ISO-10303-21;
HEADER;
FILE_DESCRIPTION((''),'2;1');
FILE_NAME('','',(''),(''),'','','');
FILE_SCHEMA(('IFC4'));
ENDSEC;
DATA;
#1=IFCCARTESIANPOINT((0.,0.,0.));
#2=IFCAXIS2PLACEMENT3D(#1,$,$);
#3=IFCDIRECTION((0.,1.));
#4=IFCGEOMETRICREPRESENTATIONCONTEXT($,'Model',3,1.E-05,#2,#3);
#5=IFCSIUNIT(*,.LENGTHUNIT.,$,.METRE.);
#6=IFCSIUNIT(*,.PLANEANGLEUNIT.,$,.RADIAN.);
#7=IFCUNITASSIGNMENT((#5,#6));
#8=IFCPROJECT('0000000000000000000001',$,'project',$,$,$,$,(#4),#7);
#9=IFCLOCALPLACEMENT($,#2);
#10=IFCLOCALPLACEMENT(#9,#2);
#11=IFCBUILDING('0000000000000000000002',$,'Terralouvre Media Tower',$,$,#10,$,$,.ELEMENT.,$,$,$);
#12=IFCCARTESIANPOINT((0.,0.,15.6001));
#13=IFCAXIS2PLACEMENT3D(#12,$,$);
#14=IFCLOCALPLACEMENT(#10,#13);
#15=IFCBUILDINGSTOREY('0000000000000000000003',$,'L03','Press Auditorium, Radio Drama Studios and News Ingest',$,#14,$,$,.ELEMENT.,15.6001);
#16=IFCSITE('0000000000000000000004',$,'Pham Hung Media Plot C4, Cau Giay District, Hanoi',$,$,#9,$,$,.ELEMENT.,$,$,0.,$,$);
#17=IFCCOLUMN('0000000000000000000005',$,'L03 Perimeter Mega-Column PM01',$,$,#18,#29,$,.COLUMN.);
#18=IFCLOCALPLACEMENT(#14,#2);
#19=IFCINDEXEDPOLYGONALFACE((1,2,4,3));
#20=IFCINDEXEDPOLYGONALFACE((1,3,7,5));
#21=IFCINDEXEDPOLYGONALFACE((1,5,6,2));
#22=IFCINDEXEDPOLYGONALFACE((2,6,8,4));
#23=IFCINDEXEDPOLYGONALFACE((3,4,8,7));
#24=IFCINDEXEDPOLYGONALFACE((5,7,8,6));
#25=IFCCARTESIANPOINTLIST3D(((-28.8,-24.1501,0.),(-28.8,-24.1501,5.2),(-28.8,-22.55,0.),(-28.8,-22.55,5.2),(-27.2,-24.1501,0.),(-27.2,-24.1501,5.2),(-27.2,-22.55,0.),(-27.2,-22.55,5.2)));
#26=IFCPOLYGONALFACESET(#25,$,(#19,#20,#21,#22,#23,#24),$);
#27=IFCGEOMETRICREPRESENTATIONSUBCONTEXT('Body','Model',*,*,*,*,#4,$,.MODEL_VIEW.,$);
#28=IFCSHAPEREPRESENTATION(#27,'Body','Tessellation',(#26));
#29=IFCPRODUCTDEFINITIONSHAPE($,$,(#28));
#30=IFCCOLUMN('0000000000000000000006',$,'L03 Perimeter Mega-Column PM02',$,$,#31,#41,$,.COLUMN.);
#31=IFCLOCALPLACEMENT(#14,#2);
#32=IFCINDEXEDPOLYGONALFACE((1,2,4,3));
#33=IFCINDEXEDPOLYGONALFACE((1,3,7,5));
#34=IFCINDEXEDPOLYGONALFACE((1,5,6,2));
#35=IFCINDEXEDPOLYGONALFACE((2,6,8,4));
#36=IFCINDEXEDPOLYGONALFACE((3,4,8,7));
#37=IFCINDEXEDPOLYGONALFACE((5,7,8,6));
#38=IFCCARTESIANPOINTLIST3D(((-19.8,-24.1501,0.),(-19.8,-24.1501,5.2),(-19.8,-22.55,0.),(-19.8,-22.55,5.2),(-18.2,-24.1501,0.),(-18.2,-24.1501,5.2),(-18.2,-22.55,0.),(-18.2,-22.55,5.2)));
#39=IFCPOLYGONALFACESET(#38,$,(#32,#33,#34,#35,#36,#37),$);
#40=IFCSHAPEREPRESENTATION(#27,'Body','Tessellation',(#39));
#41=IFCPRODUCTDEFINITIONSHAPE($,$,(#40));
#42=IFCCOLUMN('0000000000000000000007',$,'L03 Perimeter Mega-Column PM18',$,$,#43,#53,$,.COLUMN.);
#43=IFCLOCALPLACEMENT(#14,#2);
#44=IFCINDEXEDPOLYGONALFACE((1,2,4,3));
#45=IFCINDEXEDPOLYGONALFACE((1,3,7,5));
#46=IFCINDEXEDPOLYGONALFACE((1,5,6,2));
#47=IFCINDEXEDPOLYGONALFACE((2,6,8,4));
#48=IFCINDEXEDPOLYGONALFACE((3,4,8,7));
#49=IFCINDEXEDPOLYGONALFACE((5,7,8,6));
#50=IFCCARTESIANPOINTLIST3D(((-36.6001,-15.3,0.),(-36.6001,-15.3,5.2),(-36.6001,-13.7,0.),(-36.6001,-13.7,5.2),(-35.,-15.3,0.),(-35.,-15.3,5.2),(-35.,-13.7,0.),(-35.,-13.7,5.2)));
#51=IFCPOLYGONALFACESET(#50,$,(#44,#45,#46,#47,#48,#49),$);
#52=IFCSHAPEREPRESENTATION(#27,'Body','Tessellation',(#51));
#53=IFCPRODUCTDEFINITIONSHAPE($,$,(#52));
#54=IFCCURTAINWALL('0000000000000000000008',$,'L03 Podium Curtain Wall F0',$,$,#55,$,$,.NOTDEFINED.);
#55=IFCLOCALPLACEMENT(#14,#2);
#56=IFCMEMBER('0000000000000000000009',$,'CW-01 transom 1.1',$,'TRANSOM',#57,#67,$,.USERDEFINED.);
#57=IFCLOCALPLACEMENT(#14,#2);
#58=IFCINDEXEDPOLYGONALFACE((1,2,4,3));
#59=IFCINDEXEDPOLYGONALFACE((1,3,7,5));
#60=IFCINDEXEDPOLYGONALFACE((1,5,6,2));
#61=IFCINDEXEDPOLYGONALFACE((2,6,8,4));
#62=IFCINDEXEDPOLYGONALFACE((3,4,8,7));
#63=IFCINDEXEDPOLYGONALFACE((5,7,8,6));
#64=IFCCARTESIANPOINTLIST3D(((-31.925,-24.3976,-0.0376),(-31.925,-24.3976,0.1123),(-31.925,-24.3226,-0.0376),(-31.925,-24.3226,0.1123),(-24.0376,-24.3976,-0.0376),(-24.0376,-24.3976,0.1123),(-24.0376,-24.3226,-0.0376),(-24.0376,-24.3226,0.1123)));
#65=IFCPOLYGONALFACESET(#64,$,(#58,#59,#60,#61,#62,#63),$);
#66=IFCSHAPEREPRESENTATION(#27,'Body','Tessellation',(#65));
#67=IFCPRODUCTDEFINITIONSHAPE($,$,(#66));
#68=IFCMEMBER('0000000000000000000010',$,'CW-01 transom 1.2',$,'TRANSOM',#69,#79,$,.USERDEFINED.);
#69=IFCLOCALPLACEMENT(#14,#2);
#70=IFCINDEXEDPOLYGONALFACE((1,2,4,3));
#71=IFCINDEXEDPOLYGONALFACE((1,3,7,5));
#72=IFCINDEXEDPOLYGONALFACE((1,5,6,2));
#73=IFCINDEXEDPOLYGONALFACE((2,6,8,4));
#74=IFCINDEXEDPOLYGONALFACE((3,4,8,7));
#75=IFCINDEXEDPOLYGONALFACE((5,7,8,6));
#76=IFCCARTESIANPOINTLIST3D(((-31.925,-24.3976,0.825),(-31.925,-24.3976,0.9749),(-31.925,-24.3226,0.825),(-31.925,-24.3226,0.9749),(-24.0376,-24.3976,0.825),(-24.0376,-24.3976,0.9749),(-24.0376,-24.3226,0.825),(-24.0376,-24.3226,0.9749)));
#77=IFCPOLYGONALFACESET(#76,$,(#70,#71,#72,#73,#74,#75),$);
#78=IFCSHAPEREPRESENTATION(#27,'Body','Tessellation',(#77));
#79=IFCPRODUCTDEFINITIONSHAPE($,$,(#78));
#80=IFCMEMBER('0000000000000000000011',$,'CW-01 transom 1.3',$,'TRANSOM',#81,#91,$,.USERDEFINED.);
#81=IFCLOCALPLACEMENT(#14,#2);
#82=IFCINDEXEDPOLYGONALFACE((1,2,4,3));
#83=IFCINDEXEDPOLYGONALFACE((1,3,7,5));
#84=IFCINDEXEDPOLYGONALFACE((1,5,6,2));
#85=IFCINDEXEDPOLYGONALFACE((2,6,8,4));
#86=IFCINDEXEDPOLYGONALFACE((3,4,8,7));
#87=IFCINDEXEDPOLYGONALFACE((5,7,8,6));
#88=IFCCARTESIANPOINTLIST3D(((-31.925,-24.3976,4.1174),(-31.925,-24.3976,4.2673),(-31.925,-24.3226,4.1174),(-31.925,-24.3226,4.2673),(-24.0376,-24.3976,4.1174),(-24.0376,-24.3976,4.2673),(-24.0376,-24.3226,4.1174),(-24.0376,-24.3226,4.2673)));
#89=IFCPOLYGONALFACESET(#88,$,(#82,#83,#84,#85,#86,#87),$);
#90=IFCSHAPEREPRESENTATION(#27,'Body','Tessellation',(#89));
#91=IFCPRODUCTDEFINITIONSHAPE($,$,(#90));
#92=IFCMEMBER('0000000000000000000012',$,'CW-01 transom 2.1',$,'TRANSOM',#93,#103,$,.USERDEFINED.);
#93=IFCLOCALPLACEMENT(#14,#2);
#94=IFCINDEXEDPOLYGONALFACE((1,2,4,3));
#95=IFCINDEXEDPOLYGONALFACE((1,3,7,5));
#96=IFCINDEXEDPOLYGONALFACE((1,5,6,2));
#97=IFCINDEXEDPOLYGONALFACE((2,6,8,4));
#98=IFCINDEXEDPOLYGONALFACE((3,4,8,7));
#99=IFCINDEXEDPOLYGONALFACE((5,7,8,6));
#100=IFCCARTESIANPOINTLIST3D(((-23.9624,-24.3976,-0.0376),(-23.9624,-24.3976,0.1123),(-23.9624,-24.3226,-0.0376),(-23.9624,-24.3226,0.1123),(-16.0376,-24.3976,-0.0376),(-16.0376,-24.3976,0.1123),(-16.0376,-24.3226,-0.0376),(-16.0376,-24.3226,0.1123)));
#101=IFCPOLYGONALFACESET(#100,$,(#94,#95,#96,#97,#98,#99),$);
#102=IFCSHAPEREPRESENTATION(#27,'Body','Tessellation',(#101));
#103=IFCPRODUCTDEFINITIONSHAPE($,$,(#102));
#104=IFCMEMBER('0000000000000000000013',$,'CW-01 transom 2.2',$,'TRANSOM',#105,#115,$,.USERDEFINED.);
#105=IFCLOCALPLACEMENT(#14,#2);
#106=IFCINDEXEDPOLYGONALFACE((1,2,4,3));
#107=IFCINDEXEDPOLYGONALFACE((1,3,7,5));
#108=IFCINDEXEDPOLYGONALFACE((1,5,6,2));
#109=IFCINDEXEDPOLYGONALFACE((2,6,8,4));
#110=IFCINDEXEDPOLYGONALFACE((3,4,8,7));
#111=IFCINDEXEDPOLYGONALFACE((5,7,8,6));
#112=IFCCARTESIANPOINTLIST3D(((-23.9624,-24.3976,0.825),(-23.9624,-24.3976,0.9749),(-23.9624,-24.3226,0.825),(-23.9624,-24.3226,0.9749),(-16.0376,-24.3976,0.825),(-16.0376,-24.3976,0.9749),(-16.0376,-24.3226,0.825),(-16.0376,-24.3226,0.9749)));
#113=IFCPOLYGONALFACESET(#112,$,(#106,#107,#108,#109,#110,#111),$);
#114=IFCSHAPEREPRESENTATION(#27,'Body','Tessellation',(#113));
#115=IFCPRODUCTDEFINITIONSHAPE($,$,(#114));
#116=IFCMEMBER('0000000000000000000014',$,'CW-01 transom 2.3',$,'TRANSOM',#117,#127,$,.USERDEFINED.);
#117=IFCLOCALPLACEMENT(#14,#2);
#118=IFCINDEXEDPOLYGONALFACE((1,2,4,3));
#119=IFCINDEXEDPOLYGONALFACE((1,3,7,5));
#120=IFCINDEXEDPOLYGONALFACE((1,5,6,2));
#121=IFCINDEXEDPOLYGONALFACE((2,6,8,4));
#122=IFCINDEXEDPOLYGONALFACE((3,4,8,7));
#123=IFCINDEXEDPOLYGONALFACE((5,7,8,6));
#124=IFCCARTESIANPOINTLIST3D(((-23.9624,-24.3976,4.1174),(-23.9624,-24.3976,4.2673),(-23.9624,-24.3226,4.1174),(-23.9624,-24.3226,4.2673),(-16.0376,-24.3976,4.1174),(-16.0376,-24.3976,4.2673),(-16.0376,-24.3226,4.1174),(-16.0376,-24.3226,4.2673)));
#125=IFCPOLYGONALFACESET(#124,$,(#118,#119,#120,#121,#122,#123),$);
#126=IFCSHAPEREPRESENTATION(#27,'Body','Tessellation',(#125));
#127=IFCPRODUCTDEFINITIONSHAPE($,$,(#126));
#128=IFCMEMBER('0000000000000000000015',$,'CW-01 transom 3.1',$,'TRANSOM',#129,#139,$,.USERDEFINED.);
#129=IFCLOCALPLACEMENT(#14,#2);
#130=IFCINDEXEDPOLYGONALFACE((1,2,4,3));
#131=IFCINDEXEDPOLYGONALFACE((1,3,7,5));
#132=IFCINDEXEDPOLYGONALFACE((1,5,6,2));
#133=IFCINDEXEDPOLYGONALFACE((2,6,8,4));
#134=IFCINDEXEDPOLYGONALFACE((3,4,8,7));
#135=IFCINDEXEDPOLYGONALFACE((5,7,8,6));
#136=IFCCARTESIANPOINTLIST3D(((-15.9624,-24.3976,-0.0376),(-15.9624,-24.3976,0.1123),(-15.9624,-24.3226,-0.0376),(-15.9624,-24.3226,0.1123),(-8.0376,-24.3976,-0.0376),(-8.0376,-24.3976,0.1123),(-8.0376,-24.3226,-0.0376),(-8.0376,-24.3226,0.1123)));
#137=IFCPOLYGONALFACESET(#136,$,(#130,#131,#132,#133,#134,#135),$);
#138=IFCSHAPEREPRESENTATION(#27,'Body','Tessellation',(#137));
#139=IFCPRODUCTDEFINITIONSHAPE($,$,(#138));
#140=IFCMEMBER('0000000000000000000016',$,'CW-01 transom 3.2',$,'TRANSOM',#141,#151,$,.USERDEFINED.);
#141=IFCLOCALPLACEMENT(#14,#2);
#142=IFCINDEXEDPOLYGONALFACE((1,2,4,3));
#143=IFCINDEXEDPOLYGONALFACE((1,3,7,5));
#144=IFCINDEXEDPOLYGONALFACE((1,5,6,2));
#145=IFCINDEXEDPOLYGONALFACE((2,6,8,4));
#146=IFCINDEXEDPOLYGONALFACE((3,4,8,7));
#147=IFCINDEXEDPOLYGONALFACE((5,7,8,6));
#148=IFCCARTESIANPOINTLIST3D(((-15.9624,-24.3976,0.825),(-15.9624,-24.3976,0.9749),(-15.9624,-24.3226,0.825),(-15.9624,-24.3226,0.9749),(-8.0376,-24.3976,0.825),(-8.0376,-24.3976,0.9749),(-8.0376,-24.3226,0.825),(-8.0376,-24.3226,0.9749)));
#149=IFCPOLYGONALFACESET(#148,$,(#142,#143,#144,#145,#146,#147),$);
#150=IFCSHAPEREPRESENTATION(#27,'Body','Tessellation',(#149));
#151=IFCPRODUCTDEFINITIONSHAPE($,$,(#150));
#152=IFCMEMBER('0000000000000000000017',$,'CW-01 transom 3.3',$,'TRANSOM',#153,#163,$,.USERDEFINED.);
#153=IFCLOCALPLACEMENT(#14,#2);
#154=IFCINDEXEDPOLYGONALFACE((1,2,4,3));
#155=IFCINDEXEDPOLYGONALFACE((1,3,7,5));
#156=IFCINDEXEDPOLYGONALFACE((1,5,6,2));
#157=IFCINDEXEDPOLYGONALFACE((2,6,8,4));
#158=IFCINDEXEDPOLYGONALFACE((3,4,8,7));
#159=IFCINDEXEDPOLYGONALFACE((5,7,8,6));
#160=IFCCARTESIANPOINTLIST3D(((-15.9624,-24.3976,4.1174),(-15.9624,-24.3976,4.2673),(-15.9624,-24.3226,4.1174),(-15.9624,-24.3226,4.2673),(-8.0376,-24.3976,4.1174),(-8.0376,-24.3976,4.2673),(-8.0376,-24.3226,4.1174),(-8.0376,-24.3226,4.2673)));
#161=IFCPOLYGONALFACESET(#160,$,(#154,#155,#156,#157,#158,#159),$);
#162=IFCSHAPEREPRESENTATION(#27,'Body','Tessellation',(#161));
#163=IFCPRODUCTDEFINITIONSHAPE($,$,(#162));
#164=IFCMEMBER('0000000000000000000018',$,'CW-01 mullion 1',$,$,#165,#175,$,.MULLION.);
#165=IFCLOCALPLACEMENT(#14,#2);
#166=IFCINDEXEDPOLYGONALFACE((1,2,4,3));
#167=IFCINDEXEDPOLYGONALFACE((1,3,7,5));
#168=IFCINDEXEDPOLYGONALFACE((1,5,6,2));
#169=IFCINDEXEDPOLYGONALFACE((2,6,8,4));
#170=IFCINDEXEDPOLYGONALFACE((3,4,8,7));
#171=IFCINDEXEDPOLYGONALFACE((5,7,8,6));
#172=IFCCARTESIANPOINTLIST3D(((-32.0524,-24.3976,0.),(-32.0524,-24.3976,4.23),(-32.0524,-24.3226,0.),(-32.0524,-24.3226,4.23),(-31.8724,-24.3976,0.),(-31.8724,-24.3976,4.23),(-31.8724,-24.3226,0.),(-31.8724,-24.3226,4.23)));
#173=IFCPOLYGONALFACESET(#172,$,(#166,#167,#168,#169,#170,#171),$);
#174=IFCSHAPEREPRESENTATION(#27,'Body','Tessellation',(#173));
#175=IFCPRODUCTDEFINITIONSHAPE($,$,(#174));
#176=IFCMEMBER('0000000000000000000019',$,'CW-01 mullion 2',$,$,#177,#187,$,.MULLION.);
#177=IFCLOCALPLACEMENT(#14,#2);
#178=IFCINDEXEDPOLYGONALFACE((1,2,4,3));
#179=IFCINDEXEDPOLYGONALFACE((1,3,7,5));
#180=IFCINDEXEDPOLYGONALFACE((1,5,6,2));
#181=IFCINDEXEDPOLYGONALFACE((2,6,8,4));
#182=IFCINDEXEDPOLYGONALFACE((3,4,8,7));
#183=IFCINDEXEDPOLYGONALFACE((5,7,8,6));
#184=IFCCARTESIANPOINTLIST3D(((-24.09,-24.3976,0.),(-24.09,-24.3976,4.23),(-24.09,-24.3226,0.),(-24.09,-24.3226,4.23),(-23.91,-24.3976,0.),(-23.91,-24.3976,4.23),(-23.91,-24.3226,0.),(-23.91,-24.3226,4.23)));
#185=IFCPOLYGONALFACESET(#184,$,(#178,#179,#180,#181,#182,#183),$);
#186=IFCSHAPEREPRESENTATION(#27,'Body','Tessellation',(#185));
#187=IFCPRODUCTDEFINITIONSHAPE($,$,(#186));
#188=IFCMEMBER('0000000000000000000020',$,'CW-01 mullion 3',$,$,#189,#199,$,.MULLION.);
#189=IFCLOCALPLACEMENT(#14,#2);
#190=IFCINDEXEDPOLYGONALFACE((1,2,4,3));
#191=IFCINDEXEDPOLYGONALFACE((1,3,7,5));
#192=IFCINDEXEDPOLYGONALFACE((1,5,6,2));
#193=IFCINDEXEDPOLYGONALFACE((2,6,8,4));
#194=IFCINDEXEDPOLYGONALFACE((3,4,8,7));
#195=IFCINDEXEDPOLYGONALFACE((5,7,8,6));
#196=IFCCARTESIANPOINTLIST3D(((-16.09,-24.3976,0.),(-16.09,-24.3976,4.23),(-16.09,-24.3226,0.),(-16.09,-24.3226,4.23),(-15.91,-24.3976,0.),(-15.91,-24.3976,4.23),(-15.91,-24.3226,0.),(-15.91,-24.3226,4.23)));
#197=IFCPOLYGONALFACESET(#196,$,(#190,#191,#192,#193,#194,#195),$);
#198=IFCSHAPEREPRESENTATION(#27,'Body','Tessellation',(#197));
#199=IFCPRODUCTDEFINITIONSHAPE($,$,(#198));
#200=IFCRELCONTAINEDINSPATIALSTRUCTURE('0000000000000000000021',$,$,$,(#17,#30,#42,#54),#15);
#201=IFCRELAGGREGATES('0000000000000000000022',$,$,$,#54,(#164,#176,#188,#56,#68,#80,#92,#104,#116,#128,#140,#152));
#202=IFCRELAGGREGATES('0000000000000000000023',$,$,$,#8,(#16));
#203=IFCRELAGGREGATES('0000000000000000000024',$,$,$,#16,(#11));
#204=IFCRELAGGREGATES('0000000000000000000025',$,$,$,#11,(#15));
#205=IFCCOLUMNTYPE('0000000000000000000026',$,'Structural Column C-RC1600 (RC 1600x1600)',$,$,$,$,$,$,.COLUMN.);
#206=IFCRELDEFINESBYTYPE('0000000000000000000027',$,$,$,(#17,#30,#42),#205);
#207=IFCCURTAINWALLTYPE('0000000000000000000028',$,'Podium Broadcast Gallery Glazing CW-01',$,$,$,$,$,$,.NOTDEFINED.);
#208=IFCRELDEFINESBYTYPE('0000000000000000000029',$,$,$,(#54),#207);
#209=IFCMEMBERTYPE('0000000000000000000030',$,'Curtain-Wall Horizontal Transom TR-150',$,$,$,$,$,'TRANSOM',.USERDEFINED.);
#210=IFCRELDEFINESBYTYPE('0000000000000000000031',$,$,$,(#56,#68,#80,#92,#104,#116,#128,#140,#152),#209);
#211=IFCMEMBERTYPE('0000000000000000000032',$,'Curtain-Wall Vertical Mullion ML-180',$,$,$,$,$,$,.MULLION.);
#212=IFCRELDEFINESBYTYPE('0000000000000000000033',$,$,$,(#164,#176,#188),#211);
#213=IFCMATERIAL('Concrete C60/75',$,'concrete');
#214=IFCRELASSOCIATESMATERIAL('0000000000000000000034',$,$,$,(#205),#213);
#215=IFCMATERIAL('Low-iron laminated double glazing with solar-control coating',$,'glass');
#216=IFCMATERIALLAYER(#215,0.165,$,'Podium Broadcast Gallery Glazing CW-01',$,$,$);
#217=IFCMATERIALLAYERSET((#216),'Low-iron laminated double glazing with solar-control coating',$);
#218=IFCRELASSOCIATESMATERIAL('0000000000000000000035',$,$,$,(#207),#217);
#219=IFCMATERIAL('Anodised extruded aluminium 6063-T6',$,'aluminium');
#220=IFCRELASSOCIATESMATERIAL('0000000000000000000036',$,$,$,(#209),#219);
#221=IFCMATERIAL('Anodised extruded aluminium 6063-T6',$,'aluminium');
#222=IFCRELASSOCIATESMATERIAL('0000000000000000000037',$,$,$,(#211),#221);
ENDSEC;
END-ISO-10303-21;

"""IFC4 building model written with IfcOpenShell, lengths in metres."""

from ifc_helpers import new_model, si_unit, direction, frame, origin, origin_2d, place, context, subcontext, project, spatial, rectangle, extrude, material, layer, layer_set, material_profile, profile_set, type_object, element, aggregate, save


model = new_model("IFC4")

# Units and contexts
model_context = context("Model", 3, precision=1e-05, world=origin(), true_north=direction((0.0, 1.0)))
body_context = subcontext(model_context, "Body", "Model", "MODEL_VIEW")
ifc_project = project(units=[si_unit("LENGTHUNIT", "METRE"), si_unit("PLANEANGLEUNIT", "RADIAN")], contexts=[model_context])

# Site, building, storey
site_placement = place(None, origin())
site = spatial("IfcSite", under=ifc_project, at=site_placement, Name="Pham Hung Media Plot C4, Cau Giay District, Hanoi", CompositionType="ELEMENT", RefElevation=0.0)
building_placement = place(site_placement, origin())
building = spatial("IfcBuilding", under=site, at=building_placement, Name="Terralouvre Media Tower", CompositionType="ELEMENT")
storey_placement = place(building_placement, frame((0.0, 0.0, 15.6001)))
storey = spatial("IfcBuildingStorey", under=building, at=storey_placement, Name="L03", Description="Press Auditorium, Radio Drama Studios and News Ingest", CompositionType="ELEMENT", Elevation=15.6001)

# Columns
ifc_material_1 = material(Name="Concrete C60/75", Category="concrete")
ifc_material_profile_1 = material_profile(ifc_material_1, rectangle(XDim=1.6001, YDim=1.6001, at=origin_2d()), Name="RC 1600x1600")
ifc_profile_set_1 = profile_set([ifc_material_profile_1], Name="Concrete C60/75")
column_type = type_object("IfcColumnType", Name="Structural Column C-RC1600 (RC 1600x1600)", PredefinedType="COLUMN", material=ifc_profile_set_1)
for number, where, z_axis, x_axis, name in (
    (1, (-28.0, -23.3501, 0.0), (0.0, 0.0, 1.0), (1.0, 0.0, 0.0), "L03 Perimeter Mega-Column PM01"),
    (2, (-19.0, -23.3501, 0.0), (0.0, 0.0, 1.0), (1.0, 0.0, 0.0), "L03 Perimeter Mega-Column PM02"),
    (3, (-35.8, -14.5, 0.0), (0.0, 0.0, 1.0), (1.0, 0.0, 0.0), "L03 Perimeter Mega-Column PM18"),
):
    element("IfcColumn", number, at=place(storey_placement, frame(where, z_axis=z_axis, x_axis=x_axis)), inside=storey, type_object=column_type, Name=name, PredefinedType="COLUMN", context=body_context, shape_type="SweptSolid", body=[
        extrude(rectangle(XDim=1.6001, YDim=1.6001, at=origin_2d()), origin(), (0.0, 0.0, 1.0), 5.2),
    ])

# Curtain wall, members
ifc_material_2 = material(Name="Low-iron laminated double glazing with solar-control coating", Category="glass")
ifc_layer_1 = layer(ifc_material_2, 0.165, Name="Podium Broadcast Gallery Glazing CW-01")
ifc_layer_set_1 = layer_set([ifc_layer_1], Name="Low-iron laminated double glazing with solar-control coating")
curtain_wall_type = type_object("IfcCurtainWallType", Name="Podium Broadcast Gallery Glazing CW-01", PredefinedType="NOTDEFINED", material=ifc_layer_set_1)
curtain_wall_placement = place(storey_placement, origin())
curtain_wall = element("IfcCurtainWall", 4, at=curtain_wall_placement, inside=storey, type_object=curtain_wall_type, Name="L03 Podium Curtain Wall F0", PredefinedType="NOTDEFINED")
ifc_material_3 = material(Name="Anodised extruded aluminium 6063-T6", Category="aluminium")
ifc_material_profile_2 = material_profile(ifc_material_3, rectangle(XDim=0.075, YDim=0.1499, at=origin_2d()), Name="ALU 75x150")
ifc_profile_set_2 = profile_set([ifc_material_profile_2], Name="Anodised extruded aluminium 6063-T6")
member_type_1 = type_object("IfcMemberType", Name="Curtain-Wall Horizontal Transom TR-150", ElementType="TRANSOM", PredefinedType="USERDEFINED", material=ifc_profile_set_2)
member_1_placement = place(storey_placement, frame((-31.925, -24.3601, 0.0374), z_axis=(1.0, 0.0, 0.0), x_axis=(0.0, 1.0, 0.0)))
member_1 = element("IfcMember", 5, at=member_1_placement, type_object=member_type_1, Name="CW-01 transom 1.1", ObjectType="TRANSOM", PredefinedType="USERDEFINED", context=body_context, shape_type="SweptSolid", body=[
    extrude(rectangle(XDim=0.075, YDim=0.1499, at=origin_2d()), origin(), (0.0, 0.0, 1.0), 7.8875),
])
member_2_placement = place(storey_placement, frame((-31.925, -24.3601, 0.8999), z_axis=(1.0, 0.0, 0.0), x_axis=(0.0, 1.0, 0.0)))
member_2 = element("IfcMember", 6, at=member_2_placement, type_object=member_type_1, Name="CW-01 transom 1.2", ObjectType="TRANSOM", PredefinedType="USERDEFINED", context=body_context, shape_type="SweptSolid", body=[
    extrude(rectangle(XDim=0.075, YDim=0.1499, at=origin_2d()), origin(), (0.0, 0.0, 1.0), 7.8875),
])
member_3_placement = place(storey_placement, frame((-31.925, -24.3601, 4.1924), z_axis=(1.0, 0.0, 0.0), x_axis=(0.0, 1.0, 0.0)))
member_3 = element("IfcMember", 7, at=member_3_placement, type_object=member_type_1, Name="CW-01 transom 1.3", ObjectType="TRANSOM", PredefinedType="USERDEFINED", context=body_context, shape_type="SweptSolid", body=[
    extrude(rectangle(XDim=0.075, YDim=0.1499, at=origin_2d()), origin(), (0.0, 0.0, 1.0), 7.8875),
])
member_4_placement = place(storey_placement, frame((-23.9624, -24.3601, 0.0374), z_axis=(1.0, 0.0, 0.0), x_axis=(0.0, 1.0, 0.0)))
member_4 = element("IfcMember", 8, at=member_4_placement, type_object=member_type_1, Name="CW-01 transom 2.1", ObjectType="TRANSOM", PredefinedType="USERDEFINED", context=body_context, shape_type="SweptSolid", body=[
    extrude(rectangle(XDim=0.075, YDim=0.1499, at=origin_2d()), origin(), (0.0, 0.0, 1.0), 7.9248),
])
member_5_placement = place(storey_placement, frame((-23.9624, -24.3601, 0.8999), z_axis=(1.0, 0.0, 0.0), x_axis=(0.0, 1.0, 0.0)))
member_5 = element("IfcMember", 9, at=member_5_placement, type_object=member_type_1, Name="CW-01 transom 2.2", ObjectType="TRANSOM", PredefinedType="USERDEFINED", context=body_context, shape_type="SweptSolid", body=[
    extrude(rectangle(XDim=0.075, YDim=0.1499, at=origin_2d()), origin(), (0.0, 0.0, 1.0), 7.9248),
])
member_6_placement = place(storey_placement, frame((-23.9624, -24.3601, 4.1924), z_axis=(1.0, 0.0, 0.0), x_axis=(0.0, 1.0, 0.0)))
member_6 = element("IfcMember", 10, at=member_6_placement, type_object=member_type_1, Name="CW-01 transom 2.3", ObjectType="TRANSOM", PredefinedType="USERDEFINED", context=body_context, shape_type="SweptSolid", body=[
    extrude(rectangle(XDim=0.075, YDim=0.1499, at=origin_2d()), origin(), (0.0, 0.0, 1.0), 7.9248),
])
member_7_placement = place(storey_placement, frame((-15.9624, -24.3601, 0.0374), z_axis=(1.0, 0.0, 0.0), x_axis=(0.0, 1.0, 0.0)))
member_7 = element("IfcMember", 11, at=member_7_placement, type_object=member_type_1, Name="CW-01 transom 3.1", ObjectType="TRANSOM", PredefinedType="USERDEFINED", context=body_context, shape_type="SweptSolid", body=[
    extrude(rectangle(XDim=0.075, YDim=0.1499, at=origin_2d()), origin(), (0.0, 0.0, 1.0), 7.9248),
])
member_8_placement = place(storey_placement, frame((-15.9624, -24.3601, 0.8999), z_axis=(1.0, 0.0, 0.0), x_axis=(0.0, 1.0, 0.0)))
member_8 = element("IfcMember", 12, at=member_8_placement, type_object=member_type_1, Name="CW-01 transom 3.2", ObjectType="TRANSOM", PredefinedType="USERDEFINED", context=body_context, shape_type="SweptSolid", body=[
    extrude(rectangle(XDim=0.075, YDim=0.1499, at=origin_2d()), origin(), (0.0, 0.0, 1.0), 7.9248),
])
member_9_placement = place(storey_placement, frame((-15.9624, -24.3601, 4.1924), z_axis=(1.0, 0.0, 0.0), x_axis=(0.0, 1.0, 0.0)))
member_9 = element("IfcMember", 13, at=member_9_placement, type_object=member_type_1, Name="CW-01 transom 3.3", ObjectType="TRANSOM", PredefinedType="USERDEFINED", context=body_context, shape_type="SweptSolid", body=[
    extrude(rectangle(XDim=0.075, YDim=0.1499, at=origin_2d()), origin(), (0.0, 0.0, 1.0), 7.9248),
])
ifc_material_4 = material(Name="Anodised extruded aluminium 6063-T6", Category="aluminium")
ifc_material_profile_3 = material_profile(ifc_material_4, rectangle(XDim=0.075, YDim=0.1799, at=origin_2d()), Name="ALU 75x180")
ifc_profile_set_3 = profile_set([ifc_material_profile_3], Name="Anodised extruded aluminium 6063-T6")
member_type_2 = type_object("IfcMemberType", Name="Curtain-Wall Vertical Mullion ML-180", PredefinedType="MULLION", material=ifc_profile_set_3)
member_10_placement = place(storey_placement, frame((-31.9624, -24.3601, 0.0), z_axis=(0.0, 0.0, 1.0), x_axis=(0.0, 1.0, 0.0)))
member_10 = element("IfcMember", 14, at=member_10_placement, type_object=member_type_2, Name="CW-01 mullion 1", PredefinedType="MULLION", context=body_context, shape_type="SweptSolid", body=[
    extrude(rectangle(XDim=0.075, YDim=0.1799, at=origin_2d()), origin(), (0.0, 0.0, 1.0), 4.23),
])
member_11_placement = place(storey_placement, frame((-24.0, -24.3601, 0.0), z_axis=(0.0, 0.0, 1.0), x_axis=(0.0, 1.0, 0.0)))
member_11 = element("IfcMember", 15, at=member_11_placement, type_object=member_type_2, Name="CW-01 mullion 2", PredefinedType="MULLION", context=body_context, shape_type="SweptSolid", body=[
    extrude(rectangle(XDim=0.075, YDim=0.1799, at=origin_2d()), origin(), (0.0, 0.0, 1.0), 4.23),
])
member_12_placement = place(storey_placement, frame((-16.0, -24.3601, 0.0), z_axis=(0.0, 0.0, 1.0), x_axis=(0.0, 1.0, 0.0)))
member_12 = element("IfcMember", 16, at=member_12_placement, type_object=member_type_2, Name="CW-01 mullion 3", PredefinedType="MULLION", context=body_context, shape_type="SweptSolid", body=[
    extrude(rectangle(XDim=0.075, YDim=0.1799, at=origin_2d()), origin(), (0.0, 0.0, 1.0), 4.23),
])

aggregate(curtain_wall, [member_10, member_11, member_12, member_1, member_2, member_3, member_4, member_5, member_6, member_7, member_8, member_9])

save(model, "model.ifc")
